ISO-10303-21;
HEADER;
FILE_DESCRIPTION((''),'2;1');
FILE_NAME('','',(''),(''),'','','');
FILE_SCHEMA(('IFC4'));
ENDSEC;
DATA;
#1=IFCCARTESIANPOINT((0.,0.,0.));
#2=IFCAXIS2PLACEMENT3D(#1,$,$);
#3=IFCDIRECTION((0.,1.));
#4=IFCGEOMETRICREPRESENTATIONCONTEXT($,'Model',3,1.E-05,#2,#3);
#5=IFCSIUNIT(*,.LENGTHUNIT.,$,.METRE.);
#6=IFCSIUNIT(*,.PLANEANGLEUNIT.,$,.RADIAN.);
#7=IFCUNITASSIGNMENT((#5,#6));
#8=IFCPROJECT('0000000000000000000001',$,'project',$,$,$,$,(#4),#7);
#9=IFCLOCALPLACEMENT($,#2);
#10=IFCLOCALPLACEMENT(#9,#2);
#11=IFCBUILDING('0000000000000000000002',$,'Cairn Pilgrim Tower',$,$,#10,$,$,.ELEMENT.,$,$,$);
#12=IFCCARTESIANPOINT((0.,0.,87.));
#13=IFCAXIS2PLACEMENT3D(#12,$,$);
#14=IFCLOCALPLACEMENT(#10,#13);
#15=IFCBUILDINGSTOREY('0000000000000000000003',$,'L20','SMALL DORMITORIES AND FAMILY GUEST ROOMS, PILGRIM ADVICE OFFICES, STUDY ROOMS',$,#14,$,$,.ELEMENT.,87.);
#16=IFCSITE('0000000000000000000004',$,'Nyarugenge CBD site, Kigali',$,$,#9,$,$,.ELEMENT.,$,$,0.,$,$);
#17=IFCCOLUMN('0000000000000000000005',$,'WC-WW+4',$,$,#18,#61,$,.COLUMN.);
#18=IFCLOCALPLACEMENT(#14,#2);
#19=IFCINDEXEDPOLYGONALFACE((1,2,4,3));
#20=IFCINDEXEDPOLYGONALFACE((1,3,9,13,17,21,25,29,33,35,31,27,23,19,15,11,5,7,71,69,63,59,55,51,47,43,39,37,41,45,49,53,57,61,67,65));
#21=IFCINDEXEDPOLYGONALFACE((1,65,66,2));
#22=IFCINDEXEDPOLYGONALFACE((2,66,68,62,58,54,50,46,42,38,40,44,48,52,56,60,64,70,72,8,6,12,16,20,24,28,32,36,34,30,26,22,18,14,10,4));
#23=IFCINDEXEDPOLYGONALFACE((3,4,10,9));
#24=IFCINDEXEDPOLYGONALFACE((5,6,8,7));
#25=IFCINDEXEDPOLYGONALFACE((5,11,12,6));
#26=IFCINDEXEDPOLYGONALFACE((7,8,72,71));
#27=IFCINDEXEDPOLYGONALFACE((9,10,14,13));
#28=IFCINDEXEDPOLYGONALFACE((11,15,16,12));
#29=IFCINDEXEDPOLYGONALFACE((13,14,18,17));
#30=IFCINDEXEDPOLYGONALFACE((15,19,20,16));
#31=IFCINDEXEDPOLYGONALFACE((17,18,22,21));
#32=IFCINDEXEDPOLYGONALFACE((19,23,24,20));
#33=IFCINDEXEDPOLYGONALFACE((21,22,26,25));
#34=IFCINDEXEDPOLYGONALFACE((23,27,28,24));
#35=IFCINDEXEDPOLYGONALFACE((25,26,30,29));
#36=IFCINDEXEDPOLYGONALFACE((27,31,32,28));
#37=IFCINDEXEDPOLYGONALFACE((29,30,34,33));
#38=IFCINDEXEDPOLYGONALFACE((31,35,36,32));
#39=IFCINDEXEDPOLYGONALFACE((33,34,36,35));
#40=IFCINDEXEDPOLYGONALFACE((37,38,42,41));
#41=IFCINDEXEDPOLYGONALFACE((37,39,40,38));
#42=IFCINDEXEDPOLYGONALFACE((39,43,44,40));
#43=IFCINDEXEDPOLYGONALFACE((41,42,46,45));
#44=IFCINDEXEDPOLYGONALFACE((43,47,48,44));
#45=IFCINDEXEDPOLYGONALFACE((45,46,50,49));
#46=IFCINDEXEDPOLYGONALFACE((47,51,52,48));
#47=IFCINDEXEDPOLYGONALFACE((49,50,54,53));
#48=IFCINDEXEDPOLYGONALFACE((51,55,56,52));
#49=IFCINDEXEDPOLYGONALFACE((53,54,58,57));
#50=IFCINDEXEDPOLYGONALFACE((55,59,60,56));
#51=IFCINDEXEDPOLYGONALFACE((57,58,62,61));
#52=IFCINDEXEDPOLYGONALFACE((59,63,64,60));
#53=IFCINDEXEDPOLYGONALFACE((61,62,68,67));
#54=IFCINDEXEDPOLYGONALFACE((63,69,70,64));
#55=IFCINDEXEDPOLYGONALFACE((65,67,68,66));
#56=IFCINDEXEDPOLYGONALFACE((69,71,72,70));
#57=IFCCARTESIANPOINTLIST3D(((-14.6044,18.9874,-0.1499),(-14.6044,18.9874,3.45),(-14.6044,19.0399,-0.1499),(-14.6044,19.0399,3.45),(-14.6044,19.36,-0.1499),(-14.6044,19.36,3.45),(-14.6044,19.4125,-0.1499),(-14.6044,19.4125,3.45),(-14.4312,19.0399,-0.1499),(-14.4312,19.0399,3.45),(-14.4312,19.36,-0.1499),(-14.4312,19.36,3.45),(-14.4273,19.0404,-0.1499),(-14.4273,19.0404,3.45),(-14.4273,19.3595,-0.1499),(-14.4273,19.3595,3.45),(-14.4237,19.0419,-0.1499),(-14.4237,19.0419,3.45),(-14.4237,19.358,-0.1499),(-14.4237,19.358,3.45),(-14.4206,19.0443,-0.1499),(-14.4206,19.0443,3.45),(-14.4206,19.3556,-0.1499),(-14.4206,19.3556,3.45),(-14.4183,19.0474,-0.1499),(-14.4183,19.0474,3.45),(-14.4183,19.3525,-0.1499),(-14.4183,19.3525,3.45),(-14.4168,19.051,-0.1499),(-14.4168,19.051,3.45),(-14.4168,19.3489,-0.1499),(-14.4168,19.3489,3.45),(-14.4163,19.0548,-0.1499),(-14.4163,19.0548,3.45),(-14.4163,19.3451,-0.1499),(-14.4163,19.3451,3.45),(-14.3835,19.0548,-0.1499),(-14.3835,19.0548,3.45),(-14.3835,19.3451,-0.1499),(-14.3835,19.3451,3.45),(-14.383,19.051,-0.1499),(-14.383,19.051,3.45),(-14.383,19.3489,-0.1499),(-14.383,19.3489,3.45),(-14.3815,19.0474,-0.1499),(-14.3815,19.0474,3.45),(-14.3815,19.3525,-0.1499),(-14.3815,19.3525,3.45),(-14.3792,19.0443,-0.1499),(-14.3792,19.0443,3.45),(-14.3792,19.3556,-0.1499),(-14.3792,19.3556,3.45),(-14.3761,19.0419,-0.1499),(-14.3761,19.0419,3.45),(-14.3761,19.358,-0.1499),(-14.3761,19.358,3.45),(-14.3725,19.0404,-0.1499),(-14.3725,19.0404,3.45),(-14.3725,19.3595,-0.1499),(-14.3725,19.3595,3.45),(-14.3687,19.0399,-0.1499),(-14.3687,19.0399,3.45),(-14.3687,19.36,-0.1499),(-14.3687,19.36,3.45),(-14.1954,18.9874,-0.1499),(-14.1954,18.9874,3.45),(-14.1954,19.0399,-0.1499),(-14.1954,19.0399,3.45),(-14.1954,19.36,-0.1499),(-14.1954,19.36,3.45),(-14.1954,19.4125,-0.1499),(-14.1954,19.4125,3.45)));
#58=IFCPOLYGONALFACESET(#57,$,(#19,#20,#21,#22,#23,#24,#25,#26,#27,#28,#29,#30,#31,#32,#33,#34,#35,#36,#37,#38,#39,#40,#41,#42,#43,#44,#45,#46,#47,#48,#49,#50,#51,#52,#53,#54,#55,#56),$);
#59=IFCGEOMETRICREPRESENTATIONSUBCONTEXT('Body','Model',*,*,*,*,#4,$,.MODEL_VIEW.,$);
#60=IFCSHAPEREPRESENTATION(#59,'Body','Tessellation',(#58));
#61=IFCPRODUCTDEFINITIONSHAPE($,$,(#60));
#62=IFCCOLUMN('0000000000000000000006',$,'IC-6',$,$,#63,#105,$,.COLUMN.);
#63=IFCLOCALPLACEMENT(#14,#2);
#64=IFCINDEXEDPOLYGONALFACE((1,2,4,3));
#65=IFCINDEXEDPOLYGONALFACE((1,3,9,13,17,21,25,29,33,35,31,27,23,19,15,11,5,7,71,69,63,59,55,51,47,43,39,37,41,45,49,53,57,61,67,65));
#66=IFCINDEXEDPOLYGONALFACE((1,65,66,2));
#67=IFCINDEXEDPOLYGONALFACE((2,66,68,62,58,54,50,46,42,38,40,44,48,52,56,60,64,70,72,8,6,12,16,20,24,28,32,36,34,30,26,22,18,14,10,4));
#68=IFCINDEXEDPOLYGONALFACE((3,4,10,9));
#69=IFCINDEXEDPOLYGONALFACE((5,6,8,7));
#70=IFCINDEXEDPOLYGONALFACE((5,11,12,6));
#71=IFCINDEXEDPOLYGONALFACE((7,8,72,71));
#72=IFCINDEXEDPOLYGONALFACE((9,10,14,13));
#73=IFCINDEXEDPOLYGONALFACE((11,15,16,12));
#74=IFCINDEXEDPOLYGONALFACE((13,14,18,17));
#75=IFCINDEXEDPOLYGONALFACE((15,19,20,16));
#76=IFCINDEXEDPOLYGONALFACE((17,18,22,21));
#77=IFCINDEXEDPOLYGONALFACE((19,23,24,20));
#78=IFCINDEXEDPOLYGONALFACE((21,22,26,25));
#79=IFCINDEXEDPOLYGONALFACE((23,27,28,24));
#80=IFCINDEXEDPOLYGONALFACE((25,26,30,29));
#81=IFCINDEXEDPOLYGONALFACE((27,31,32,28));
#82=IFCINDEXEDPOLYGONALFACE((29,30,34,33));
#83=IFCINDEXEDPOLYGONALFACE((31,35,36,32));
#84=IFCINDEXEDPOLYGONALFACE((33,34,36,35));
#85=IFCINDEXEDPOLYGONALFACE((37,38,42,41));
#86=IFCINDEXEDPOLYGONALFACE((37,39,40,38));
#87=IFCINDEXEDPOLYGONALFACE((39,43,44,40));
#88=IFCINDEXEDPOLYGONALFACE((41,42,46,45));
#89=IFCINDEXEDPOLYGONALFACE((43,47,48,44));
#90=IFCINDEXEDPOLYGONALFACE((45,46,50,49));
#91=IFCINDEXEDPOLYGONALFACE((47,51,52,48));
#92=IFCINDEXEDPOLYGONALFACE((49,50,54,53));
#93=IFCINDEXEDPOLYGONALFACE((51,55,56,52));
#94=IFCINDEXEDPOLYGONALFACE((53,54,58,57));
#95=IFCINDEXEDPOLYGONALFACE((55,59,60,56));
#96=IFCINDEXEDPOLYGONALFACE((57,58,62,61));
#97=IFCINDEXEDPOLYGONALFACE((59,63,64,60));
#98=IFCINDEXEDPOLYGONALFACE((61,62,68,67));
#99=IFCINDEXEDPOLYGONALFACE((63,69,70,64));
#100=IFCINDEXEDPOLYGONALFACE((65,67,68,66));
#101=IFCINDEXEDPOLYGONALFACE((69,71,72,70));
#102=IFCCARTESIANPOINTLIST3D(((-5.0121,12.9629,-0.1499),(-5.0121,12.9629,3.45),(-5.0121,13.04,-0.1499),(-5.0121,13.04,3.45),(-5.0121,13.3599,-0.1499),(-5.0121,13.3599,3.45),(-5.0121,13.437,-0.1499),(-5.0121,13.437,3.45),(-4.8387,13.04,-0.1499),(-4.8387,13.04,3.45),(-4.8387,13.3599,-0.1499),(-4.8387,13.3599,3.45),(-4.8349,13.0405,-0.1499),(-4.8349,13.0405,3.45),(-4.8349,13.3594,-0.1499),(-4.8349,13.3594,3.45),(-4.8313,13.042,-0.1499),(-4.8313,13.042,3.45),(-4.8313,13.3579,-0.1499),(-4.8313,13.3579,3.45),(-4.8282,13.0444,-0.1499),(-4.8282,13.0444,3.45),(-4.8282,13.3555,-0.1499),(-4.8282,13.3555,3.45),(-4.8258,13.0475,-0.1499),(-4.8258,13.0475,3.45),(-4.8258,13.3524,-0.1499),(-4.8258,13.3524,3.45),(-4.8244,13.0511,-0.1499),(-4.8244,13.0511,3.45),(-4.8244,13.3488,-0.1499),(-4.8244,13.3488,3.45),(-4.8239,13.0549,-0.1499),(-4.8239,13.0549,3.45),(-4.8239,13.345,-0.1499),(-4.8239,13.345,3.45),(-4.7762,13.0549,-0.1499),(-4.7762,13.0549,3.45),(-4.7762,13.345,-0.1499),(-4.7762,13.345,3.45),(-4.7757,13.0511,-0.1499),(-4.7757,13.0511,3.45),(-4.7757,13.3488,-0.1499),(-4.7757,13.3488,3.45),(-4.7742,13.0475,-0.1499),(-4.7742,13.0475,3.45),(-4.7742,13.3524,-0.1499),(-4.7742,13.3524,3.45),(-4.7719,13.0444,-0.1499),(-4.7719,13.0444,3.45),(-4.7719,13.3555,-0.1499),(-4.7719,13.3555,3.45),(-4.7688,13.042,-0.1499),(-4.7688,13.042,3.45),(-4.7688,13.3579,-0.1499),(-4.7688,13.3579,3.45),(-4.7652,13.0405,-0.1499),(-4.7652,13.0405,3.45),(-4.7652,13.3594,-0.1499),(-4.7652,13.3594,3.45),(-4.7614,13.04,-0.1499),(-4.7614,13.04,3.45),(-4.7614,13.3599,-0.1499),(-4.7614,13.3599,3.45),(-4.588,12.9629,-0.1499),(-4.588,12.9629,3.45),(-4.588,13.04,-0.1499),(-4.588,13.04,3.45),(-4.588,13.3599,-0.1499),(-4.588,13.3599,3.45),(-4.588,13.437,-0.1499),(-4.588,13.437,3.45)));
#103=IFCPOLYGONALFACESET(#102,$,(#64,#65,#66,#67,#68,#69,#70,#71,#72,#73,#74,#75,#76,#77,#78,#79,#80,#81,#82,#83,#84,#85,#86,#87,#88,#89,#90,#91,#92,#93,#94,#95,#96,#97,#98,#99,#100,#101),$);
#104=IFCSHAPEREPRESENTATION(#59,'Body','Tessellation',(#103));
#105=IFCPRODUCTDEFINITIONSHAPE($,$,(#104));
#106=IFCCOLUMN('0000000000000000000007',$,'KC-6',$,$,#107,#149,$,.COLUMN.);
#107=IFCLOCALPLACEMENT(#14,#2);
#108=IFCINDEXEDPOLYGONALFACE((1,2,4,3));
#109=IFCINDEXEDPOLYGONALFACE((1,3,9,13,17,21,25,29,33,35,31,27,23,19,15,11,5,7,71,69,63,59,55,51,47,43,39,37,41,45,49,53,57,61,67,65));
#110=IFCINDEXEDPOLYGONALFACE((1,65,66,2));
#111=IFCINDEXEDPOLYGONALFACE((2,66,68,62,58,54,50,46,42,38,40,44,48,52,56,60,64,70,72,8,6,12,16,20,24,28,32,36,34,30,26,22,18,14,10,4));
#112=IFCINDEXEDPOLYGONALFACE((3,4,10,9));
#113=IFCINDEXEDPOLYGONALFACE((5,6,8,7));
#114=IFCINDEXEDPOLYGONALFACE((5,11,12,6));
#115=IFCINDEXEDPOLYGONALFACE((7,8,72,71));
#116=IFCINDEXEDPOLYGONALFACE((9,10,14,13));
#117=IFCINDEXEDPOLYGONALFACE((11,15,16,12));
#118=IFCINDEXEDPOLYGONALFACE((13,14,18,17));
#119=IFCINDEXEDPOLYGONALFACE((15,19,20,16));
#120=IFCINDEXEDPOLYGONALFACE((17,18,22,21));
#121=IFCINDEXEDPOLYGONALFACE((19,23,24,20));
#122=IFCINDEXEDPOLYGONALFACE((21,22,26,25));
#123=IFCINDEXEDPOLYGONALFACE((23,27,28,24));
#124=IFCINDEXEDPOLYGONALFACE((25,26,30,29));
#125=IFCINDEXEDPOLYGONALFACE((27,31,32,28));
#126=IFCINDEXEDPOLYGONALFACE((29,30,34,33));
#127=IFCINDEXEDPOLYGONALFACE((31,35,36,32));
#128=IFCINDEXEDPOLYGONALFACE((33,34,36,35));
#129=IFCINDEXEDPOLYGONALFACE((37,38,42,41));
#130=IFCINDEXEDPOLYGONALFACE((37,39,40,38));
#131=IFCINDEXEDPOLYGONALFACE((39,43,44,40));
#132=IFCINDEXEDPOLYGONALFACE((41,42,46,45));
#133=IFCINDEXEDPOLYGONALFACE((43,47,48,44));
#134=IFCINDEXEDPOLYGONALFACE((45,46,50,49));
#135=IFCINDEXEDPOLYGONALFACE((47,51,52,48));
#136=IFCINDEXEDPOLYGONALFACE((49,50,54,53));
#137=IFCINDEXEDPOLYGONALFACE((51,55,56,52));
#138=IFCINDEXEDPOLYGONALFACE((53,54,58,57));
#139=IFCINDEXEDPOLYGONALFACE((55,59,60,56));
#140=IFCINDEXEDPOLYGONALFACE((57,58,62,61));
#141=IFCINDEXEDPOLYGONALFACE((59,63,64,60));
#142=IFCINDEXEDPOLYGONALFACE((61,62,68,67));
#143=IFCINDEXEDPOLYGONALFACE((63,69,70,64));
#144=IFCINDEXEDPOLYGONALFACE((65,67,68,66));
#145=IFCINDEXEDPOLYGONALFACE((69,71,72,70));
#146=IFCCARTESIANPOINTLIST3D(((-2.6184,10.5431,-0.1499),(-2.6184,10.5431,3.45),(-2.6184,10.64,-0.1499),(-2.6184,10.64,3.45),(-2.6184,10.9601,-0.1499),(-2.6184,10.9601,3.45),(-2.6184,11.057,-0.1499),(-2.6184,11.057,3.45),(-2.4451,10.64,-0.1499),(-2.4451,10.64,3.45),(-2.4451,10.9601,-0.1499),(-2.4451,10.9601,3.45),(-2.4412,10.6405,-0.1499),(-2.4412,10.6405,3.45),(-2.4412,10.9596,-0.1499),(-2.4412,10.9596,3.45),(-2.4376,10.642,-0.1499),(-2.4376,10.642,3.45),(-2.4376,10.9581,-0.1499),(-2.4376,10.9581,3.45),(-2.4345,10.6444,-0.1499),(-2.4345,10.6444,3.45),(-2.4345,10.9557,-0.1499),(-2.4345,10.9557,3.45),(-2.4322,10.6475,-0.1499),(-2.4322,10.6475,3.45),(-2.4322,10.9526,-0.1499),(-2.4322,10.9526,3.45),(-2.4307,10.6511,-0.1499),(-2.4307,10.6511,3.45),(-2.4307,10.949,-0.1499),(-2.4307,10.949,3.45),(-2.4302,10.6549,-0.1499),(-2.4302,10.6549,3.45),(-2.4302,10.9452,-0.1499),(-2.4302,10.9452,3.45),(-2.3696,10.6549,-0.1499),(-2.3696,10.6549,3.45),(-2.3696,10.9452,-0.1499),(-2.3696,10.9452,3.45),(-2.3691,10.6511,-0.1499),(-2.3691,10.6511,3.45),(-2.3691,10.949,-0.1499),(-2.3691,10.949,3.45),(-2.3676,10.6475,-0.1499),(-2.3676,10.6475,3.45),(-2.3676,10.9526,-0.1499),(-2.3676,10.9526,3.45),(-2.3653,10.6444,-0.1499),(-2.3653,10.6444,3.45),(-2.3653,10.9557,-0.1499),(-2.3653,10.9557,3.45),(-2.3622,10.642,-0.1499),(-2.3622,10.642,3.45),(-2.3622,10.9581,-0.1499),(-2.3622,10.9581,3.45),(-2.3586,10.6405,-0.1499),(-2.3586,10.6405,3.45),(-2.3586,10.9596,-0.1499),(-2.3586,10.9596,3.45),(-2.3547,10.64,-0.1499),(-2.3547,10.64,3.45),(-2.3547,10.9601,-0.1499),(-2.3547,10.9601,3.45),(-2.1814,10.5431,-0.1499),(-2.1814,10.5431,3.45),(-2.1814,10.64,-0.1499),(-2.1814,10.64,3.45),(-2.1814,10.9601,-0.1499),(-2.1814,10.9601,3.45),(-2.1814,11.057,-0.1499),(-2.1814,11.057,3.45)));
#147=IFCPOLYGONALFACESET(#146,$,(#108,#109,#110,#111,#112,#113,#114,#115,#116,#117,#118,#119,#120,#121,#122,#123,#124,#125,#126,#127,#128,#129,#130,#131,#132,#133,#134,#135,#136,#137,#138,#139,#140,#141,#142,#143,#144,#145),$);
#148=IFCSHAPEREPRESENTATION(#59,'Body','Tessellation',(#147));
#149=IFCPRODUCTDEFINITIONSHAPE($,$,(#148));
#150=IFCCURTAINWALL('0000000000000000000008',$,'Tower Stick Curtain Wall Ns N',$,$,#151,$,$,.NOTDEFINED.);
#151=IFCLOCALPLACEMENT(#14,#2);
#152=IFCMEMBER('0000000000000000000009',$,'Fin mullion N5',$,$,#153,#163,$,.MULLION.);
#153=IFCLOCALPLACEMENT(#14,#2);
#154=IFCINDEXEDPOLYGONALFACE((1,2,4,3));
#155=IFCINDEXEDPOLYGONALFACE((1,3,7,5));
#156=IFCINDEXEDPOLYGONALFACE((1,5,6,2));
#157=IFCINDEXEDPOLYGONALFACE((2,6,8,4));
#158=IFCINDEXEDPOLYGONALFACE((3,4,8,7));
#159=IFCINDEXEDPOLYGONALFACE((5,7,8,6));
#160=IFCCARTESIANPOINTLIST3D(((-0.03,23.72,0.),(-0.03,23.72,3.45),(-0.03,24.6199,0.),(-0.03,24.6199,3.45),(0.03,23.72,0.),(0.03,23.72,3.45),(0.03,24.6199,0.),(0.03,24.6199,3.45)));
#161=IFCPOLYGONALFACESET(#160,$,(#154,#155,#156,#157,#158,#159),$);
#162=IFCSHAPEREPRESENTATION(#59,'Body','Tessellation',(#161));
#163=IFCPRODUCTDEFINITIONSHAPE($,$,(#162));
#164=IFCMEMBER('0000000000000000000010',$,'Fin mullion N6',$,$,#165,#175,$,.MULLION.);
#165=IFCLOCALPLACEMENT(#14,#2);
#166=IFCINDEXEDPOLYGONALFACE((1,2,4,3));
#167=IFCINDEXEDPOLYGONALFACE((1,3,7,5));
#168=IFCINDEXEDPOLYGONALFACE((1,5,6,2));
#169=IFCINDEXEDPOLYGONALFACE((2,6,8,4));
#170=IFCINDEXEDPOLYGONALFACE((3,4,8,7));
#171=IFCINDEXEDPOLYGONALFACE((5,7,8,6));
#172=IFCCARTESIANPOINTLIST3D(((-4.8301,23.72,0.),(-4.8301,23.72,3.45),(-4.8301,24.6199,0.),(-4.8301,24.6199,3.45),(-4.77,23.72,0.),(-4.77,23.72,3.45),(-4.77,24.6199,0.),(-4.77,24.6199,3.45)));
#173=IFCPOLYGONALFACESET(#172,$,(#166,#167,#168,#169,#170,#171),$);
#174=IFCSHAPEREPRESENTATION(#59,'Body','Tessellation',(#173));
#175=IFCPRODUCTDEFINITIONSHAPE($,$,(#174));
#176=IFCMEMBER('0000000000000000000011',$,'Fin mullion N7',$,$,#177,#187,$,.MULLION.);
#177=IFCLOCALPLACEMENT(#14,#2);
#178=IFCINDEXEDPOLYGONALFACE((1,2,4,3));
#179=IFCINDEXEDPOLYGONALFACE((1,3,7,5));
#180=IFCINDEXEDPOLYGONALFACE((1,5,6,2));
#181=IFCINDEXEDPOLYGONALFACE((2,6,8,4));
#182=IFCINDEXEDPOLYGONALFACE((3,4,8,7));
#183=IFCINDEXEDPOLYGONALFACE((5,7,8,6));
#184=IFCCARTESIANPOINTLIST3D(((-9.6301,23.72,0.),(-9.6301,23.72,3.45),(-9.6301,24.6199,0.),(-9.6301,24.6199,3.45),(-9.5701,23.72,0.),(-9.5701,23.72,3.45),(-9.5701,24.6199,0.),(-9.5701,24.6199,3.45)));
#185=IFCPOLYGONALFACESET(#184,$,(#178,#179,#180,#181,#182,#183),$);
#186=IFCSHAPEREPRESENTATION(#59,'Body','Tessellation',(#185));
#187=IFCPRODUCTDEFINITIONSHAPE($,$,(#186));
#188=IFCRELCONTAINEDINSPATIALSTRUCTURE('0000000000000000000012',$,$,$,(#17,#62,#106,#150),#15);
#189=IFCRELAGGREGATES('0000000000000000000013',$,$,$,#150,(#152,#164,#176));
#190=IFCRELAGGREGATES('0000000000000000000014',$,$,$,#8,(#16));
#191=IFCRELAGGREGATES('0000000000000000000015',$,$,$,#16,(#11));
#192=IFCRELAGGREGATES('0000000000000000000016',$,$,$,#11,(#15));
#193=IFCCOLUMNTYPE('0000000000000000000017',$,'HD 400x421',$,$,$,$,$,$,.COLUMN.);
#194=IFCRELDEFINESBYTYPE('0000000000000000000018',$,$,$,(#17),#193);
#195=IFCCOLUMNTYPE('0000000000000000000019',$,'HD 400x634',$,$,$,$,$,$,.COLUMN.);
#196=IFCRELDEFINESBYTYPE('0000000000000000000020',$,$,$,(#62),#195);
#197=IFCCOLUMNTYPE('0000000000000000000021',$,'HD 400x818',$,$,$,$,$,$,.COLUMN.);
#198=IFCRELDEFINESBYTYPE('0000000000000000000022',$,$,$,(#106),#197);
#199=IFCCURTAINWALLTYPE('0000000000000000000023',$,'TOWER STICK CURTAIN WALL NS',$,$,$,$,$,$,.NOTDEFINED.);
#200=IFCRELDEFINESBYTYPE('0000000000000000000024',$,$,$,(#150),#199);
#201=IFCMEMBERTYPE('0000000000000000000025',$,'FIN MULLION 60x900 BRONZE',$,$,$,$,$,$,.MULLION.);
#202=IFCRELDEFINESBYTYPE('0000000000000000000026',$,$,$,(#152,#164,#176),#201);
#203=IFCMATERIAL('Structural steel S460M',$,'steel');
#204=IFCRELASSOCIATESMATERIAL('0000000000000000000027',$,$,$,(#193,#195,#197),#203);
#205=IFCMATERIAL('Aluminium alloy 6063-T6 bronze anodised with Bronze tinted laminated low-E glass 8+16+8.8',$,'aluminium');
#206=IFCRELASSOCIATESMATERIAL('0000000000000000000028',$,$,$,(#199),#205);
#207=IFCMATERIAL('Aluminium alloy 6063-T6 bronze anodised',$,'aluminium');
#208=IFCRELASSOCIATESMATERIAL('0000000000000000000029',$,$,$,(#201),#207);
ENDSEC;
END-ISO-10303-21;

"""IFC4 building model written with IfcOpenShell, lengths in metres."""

from ifc_helpers import new_model, si_unit, direction, frame, origin, origin_2d, place, context, subcontext, project, spatial, rectangle, i_section, extrude, material, material_profile, profile_set, type_object, element, aggregate, save


model = new_model("IFC4")

# Units and contexts
model_context = context("Model", 3, precision=1e-05, world=origin(), true_north=direction((0.0, 1.0)))
body_context = subcontext(model_context, "Body", "Model", "MODEL_VIEW")
ifc_project = project(units=[si_unit("LENGTHUNIT", "METRE"), si_unit("PLANEANGLEUNIT", "RADIAN")], contexts=[model_context])

# Site, building, storey
site_placement = place(None, origin())
site = spatial("IfcSite", under=ifc_project, at=site_placement, Name="Nyarugenge CBD site, Kigali", CompositionType="ELEMENT", RefElevation=0.0)
building_placement = place(site_placement, origin())
building = spatial("IfcBuilding", under=site, at=building_placement, Name="Cairn Pilgrim Tower", CompositionType="ELEMENT")
storey_placement = place(building_placement, frame((0.0, 0.0, 87.0)))
storey = spatial("IfcBuildingStorey", under=building, at=storey_placement, Name="L20", Description="SMALL DORMITORIES AND FAMILY GUEST ROOMS, PILGRIM ADVICE OFFICES, STUDY ROOMS", CompositionType="ELEMENT", Elevation=87.0)

# Columns
ifc_material_1 = material(Name="Structural steel S460M", Category="steel")
ifc_material_profile_1 = material_profile(ifc_material_1, i_section(OverallWidth=0.4089, OverallDepth=0.425, WebThickness=0.0327, FlangeThickness=0.0525, FilletRadius=0.0149, at=origin_2d()), Name="HD 400x421")
ifc_profile_set_1 = profile_set([ifc_material_profile_1], Name="Structural steel S460M")
column_type_1 = type_object("IfcColumnType", Name="HD 400x421", PredefinedType="COLUMN", material=ifc_profile_set_1)
column_1_placement = place(storey_placement, frame((-14.3999, 19.2, -0.1499), z_axis=(0.0, 0.0, 1.0), x_axis=(1.0, 0.0, 0.0)))
element("IfcColumn", 1, at=column_1_placement, inside=storey, type_object=column_type_1, Name="WC-WW+4", PredefinedType="COLUMN", context=body_context, shape_type="SweptSolid", body=[
    extrude(i_section(OverallWidth=0.4089, OverallDepth=0.425, WebThickness=0.0327, FlangeThickness=0.0525, FilletRadius=0.0149, at=origin_2d()), origin(), (0.0, 0.0, 1.0), 3.5999),
])
ifc_material_profile_2 = material_profile(ifc_material_1, i_section(OverallWidth=0.4241, OverallDepth=0.4741, WebThickness=0.0476, FlangeThickness=0.0771, FilletRadius=0.0149, at=origin_2d()), Name="HD 400x634")
ifc_profile_set_2 = profile_set([ifc_material_profile_2], Name="Structural steel S460M")
column_type_2 = type_object("IfcColumnType", Name="HD 400x634", PredefinedType="COLUMN", material=ifc_profile_set_2)
column_2_placement = place(storey_placement, frame((-4.8, 13.2, -0.1499), z_axis=(0.0, 0.0, 1.0), x_axis=(1.0, 0.0, 0.0)))
element("IfcColumn", 2, at=column_2_placement, inside=storey, type_object=column_type_2, Name="IC-6", PredefinedType="COLUMN", context=body_context, shape_type="SweptSolid", body=[
    extrude(i_section(OverallWidth=0.4241, OverallDepth=0.4741, WebThickness=0.0476, FlangeThickness=0.0771, FilletRadius=0.0149, at=origin_2d()), origin(), (0.0, 0.0, 1.0), 3.5999),
])
ifc_material_profile_3 = material_profile(ifc_material_1, i_section(OverallWidth=0.437, OverallDepth=0.5139, WebThickness=0.0605, FlangeThickness=0.0969, FilletRadius=0.0149, at=origin_2d()), Name="HD 400x818")
ifc_profile_set_3 = profile_set([ifc_material_profile_3], Name="Structural steel S460M")
column_type_3 = type_object("IfcColumnType", Name="HD 400x818", PredefinedType="COLUMN", material=ifc_profile_set_3)
column_3_placement = place(storey_placement, frame((-2.3999, 10.8, -0.1499), z_axis=(0.0, 0.0, 1.0), x_axis=(1.0, 0.0, 0.0)))
element("IfcColumn", 3, at=column_3_placement, inside=storey, type_object=column_type_3, Name="KC-6", PredefinedType="COLUMN", context=body_context, shape_type="SweptSolid", body=[
    extrude(i_section(OverallWidth=0.437, OverallDepth=0.5139, WebThickness=0.0605, FlangeThickness=0.0969, FilletRadius=0.0149, at=origin_2d()), origin(), (0.0, 0.0, 1.0), 3.5999),
])

# Curtain wall, members
ifc_material_2 = material(Name="Aluminium alloy 6063-T6 bronze anodised with Bronze tinted laminated low-E glass 8+16+8.8", Category="aluminium")
curtain_wall_type = type_object("IfcCurtainWallType", Name="TOWER STICK CURTAIN WALL NS", PredefinedType="NOTDEFINED", material=ifc_material_2)
curtain_wall_placement = place(storey_placement, origin())
curtain_wall = element("IfcCurtainWall", 4, at=curtain_wall_placement, inside=storey, type_object=curtain_wall_type, Name="Tower Stick Curtain Wall Ns N", PredefinedType="NOTDEFINED")
ifc_material_3 = material(Name="Aluminium alloy 6063-T6 bronze anodised", Category="aluminium")
ifc_material_profile_4 = material_profile(ifc_material_3, rectangle(XDim=0.8999, YDim=0.0601, at=origin_2d()), Name="FIN MULLION 60x900 BRONZE")
ifc_profile_set_4 = profile_set([ifc_material_profile_4], Name="Aluminium alloy 6063-T6 bronze anodised")
member_type_1 = type_object("IfcMemberType", Name="FIN MULLION 60x900 BRONZE", PredefinedType="MULLION", material=ifc_profile_set_4)
member_1_placement = place(storey_placement, frame((0.0, 24.1699, 0.0), z_axis=(0.0, 0.0, 1.0), x_axis=(0.0, 1.0, 0.0)))
member_1 = element("IfcMember", 5, at=member_1_placement, type_object=member_type_1, Name="Fin mullion N5", PredefinedType="MULLION", context=body_context, shape_type="SweptSolid", body=[
    extrude(rectangle(XDim=0.8999, YDim=0.0601, at=origin_2d()), origin(), (0.0, 0.0, 1.0), 3.45),
])
member_2_placement = place(storey_placement, frame((-4.8, 24.1699, 0.0), z_axis=(0.0, 0.0, 1.0), x_axis=(0.0, 1.0, 0.0)))
member_2 = element("IfcMember", 6, at=member_2_placement, type_object=member_type_1, Name="Fin mullion N6", PredefinedType="MULLION", context=body_context, shape_type="SweptSolid", body=[
    extrude(rectangle(XDim=0.8999, YDim=0.0601, at=origin_2d()), origin(), (0.0, 0.0, 1.0), 3.45),
])
member_3_placement = place(storey_placement, frame((-9.6001, 24.1699, 0.0), z_axis=(0.0, 0.0, 1.0), x_axis=(0.0, 1.0, 0.0)))
member_3 = element("IfcMember", 7, at=member_3_placement, type_object=member_type_1, Name="Fin mullion N7", PredefinedType="MULLION", context=body_context, shape_type="SweptSolid", body=[
    extrude(rectangle(XDim=0.8999, YDim=0.0601, at=origin_2d()), origin(), (0.0, 0.0, 1.0), 3.45),
])

aggregate(curtain_wall, [member_1, member_2, member_3])

save(model, "model.ifc")
